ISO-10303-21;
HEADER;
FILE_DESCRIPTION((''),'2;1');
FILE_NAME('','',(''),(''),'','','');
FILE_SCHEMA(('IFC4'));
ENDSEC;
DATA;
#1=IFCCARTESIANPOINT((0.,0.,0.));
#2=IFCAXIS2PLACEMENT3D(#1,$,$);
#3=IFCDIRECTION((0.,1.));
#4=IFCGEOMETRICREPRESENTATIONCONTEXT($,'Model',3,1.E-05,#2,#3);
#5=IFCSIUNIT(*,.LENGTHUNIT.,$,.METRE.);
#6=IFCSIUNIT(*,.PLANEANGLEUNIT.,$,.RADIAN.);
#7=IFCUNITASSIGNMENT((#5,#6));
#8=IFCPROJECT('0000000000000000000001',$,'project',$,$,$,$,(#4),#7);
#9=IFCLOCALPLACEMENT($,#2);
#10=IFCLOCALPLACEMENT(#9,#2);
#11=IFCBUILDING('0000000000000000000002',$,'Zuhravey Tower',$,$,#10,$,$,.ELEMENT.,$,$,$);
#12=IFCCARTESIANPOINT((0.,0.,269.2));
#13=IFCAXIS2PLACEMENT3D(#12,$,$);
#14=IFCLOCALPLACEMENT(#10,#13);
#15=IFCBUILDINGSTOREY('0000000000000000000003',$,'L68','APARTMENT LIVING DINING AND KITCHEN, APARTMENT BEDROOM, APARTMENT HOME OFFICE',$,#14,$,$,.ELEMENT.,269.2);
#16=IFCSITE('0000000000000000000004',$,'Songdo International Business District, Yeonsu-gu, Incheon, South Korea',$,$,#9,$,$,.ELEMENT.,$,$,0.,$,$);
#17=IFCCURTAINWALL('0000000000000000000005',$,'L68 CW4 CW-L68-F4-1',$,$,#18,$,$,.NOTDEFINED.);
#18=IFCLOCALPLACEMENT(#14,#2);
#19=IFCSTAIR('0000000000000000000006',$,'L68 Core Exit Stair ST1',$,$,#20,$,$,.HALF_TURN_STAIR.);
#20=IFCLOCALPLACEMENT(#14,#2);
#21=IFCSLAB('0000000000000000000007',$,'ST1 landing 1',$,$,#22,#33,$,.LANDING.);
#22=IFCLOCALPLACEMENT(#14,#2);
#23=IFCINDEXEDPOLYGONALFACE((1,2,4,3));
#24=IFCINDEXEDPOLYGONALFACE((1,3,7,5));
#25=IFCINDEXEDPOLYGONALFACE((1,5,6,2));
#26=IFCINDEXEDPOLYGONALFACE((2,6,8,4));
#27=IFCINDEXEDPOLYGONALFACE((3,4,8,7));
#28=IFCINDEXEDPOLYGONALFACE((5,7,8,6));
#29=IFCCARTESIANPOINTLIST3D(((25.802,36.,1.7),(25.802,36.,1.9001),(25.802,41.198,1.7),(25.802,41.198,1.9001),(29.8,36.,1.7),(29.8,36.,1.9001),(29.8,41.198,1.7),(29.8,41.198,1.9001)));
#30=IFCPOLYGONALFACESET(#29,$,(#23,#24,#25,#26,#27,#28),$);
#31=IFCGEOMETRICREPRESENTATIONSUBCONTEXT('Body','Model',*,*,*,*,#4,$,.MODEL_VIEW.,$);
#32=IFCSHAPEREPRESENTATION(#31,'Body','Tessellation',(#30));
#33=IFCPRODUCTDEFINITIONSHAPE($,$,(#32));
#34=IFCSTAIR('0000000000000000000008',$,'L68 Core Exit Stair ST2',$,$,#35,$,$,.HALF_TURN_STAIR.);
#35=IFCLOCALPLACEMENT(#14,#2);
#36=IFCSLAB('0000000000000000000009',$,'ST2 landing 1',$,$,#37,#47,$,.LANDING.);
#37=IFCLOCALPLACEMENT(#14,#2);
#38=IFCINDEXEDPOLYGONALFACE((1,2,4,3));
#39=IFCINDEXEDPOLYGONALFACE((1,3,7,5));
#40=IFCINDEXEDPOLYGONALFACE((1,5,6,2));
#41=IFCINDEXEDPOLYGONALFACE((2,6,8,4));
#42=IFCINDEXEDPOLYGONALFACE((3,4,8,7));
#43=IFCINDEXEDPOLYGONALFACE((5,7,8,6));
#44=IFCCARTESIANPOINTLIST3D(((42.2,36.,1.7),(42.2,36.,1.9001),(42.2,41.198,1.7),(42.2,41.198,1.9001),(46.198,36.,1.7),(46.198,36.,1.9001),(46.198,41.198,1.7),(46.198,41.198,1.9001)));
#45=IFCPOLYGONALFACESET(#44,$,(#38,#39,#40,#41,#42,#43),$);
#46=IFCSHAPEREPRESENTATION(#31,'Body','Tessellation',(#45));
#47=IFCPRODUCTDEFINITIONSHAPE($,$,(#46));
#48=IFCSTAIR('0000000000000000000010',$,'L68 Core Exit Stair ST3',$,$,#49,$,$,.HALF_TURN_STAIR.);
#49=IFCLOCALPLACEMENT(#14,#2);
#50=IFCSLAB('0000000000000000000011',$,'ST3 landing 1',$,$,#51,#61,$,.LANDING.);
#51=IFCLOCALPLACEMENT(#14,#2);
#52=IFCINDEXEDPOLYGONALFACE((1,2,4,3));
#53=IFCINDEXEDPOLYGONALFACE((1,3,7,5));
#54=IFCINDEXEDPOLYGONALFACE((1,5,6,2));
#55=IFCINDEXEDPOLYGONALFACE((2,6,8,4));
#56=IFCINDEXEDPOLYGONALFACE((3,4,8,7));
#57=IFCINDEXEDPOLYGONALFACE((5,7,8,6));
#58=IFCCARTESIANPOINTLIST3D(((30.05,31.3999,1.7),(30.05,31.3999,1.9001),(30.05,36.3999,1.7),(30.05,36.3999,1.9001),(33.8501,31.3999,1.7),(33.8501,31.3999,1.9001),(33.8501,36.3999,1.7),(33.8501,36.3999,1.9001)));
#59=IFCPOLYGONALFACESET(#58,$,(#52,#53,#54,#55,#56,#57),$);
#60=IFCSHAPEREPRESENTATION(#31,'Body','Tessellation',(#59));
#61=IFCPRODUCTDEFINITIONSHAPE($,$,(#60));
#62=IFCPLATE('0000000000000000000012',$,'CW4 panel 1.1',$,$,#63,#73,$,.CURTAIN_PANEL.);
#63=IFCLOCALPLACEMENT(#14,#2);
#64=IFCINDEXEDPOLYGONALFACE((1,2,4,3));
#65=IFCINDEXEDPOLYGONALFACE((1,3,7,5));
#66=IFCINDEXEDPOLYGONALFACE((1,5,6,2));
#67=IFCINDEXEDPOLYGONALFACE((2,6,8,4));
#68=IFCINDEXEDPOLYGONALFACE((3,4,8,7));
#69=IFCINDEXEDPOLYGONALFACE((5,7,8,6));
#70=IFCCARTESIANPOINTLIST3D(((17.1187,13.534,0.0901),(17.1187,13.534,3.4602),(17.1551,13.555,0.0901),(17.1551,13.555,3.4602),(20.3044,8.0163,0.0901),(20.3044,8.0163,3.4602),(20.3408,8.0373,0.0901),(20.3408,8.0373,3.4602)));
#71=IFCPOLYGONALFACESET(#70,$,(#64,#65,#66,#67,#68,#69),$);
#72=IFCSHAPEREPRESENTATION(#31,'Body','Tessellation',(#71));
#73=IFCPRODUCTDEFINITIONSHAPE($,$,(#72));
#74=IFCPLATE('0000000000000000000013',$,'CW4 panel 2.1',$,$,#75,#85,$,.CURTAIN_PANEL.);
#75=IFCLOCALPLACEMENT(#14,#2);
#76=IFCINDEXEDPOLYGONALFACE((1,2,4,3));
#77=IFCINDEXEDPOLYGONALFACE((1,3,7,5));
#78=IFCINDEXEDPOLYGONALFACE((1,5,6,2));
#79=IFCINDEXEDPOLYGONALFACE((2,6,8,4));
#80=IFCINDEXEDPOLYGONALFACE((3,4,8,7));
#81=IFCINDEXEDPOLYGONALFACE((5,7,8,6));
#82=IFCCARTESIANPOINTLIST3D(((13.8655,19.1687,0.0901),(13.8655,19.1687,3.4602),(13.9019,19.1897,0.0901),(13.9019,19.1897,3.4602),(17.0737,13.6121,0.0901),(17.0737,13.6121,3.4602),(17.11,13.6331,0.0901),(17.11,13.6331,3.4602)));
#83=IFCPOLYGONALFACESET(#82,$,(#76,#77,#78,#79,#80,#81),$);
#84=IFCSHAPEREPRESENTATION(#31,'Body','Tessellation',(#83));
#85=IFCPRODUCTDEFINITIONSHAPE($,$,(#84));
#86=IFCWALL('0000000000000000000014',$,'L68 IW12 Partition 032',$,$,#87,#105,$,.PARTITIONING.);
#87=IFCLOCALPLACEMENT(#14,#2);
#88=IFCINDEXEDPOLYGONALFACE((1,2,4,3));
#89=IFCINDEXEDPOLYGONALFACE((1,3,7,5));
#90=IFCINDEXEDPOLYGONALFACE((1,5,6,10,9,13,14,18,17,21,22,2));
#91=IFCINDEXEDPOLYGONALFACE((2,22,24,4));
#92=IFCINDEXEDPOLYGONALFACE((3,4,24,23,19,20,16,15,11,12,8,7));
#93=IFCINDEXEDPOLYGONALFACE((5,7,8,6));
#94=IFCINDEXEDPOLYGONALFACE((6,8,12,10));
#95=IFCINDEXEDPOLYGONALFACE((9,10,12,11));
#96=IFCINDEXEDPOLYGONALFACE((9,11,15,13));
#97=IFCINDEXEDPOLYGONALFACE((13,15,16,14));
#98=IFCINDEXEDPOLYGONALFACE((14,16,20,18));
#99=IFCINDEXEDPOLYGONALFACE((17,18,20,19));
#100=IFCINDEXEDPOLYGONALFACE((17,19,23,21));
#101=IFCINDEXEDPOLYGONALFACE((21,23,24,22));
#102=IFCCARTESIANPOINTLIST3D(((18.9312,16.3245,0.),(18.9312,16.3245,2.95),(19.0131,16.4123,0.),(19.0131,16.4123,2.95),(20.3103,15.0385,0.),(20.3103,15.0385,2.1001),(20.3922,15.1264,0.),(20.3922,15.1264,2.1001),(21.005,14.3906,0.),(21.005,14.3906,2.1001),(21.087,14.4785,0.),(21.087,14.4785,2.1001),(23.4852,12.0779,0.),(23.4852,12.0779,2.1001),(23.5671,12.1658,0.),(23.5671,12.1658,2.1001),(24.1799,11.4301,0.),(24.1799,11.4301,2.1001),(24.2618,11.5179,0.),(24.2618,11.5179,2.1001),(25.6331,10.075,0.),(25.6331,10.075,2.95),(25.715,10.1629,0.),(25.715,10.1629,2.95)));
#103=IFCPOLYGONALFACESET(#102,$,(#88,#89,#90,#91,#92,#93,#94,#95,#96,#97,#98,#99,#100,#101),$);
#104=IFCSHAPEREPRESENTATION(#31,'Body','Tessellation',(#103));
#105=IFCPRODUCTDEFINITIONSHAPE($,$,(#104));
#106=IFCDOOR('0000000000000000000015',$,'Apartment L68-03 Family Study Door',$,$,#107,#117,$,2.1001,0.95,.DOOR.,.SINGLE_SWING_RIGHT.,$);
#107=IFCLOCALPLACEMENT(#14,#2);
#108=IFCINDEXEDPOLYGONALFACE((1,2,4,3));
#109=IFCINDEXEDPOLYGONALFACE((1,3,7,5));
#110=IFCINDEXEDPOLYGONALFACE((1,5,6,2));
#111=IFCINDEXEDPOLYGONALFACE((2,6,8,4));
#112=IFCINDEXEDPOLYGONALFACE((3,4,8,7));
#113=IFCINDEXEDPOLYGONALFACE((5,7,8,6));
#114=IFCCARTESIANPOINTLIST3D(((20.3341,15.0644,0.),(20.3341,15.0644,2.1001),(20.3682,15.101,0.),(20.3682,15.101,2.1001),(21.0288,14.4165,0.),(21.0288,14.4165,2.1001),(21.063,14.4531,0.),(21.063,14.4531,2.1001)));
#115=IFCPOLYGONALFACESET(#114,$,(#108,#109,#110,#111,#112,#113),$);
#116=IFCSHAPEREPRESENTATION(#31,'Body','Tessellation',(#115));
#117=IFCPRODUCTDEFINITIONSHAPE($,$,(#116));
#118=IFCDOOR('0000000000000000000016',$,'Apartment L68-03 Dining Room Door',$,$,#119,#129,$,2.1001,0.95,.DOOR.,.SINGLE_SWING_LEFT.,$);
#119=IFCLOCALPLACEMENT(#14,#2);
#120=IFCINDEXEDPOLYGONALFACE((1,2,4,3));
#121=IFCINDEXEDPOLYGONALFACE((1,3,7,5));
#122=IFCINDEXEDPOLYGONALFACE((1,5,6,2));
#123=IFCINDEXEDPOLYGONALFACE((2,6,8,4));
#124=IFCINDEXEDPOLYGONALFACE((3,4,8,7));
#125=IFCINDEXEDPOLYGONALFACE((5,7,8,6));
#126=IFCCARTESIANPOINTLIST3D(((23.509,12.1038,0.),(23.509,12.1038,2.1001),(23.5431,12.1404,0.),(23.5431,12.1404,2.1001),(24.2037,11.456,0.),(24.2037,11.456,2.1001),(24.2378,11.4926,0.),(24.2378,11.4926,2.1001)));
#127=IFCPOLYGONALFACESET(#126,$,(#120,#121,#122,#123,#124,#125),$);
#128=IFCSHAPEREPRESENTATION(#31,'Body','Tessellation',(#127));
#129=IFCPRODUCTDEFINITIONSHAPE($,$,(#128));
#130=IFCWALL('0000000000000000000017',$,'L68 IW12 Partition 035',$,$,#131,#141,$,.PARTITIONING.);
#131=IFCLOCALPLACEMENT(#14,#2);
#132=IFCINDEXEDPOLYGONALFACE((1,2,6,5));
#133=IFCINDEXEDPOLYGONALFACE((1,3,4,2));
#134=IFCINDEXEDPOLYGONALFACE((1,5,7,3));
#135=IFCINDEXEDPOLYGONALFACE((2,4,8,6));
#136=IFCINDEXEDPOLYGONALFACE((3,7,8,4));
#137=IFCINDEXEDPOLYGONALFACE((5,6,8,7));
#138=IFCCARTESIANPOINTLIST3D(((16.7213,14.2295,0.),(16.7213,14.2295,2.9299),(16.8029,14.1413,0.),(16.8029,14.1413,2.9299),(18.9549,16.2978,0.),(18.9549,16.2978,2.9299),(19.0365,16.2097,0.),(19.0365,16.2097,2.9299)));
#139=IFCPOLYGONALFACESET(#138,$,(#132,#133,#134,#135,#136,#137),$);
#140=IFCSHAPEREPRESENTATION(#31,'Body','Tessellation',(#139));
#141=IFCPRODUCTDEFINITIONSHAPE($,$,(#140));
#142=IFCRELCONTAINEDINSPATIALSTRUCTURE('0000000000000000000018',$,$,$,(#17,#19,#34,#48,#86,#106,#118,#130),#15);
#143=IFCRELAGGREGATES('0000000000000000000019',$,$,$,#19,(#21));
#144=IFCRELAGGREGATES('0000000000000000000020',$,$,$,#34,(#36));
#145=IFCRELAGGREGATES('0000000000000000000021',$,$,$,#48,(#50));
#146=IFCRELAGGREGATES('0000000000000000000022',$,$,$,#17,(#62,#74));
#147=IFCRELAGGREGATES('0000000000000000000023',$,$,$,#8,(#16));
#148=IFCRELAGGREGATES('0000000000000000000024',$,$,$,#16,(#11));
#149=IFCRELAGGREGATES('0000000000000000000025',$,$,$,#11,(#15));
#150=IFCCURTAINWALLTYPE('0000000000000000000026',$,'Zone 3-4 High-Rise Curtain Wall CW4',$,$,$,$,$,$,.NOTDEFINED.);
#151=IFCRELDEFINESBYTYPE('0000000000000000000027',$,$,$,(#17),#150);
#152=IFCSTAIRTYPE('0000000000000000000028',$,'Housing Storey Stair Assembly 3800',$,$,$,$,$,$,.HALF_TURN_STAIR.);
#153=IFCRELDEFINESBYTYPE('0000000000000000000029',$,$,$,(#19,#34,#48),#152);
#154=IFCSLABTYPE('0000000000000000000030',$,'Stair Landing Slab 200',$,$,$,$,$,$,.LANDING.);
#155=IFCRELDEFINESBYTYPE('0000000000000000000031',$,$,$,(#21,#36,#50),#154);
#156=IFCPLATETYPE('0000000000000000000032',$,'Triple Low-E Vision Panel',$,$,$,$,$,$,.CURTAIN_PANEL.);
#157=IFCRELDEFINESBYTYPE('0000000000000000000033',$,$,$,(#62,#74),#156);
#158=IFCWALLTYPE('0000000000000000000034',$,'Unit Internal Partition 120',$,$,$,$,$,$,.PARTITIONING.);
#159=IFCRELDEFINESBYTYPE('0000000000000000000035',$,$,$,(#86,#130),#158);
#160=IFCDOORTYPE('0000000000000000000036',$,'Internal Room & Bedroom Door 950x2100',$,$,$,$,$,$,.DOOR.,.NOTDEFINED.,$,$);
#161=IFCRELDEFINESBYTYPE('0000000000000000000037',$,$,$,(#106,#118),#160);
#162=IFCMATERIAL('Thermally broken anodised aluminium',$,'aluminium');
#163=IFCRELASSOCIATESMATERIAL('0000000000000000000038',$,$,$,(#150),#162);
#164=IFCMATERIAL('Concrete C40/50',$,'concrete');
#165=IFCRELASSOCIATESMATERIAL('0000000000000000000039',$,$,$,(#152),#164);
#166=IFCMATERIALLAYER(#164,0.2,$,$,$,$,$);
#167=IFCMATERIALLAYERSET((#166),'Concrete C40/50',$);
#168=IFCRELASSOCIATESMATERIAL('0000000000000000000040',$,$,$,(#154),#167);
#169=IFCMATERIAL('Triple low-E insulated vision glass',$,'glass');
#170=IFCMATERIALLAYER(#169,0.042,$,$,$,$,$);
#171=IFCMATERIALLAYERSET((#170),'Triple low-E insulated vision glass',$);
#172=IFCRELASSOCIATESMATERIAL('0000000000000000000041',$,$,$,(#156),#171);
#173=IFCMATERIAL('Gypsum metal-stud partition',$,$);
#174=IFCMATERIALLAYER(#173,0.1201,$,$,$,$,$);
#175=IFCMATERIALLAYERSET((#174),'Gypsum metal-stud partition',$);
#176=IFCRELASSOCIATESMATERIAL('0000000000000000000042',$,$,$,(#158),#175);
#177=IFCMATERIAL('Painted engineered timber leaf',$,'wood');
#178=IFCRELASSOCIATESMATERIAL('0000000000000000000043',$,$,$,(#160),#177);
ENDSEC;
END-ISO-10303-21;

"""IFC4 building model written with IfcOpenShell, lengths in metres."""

from ifc_helpers import new_model, si_unit, direction, frame, frame_2d, origin, origin_2d, place, context, subcontext, project, spatial, polyline, rectangle, outline, extrude, material, layer, layer_set, type_object, element, fill, aggregate, save


model = new_model("IFC4")

# Units and contexts
model_context = context("Model", 3, precision=1e-05, world=origin(), true_north=direction((0.0, 1.0)))
body_context = subcontext(model_context, "Body", "Model", "MODEL_VIEW")
ifc_project = project(units=[si_unit("LENGTHUNIT", "METRE"), si_unit("PLANEANGLEUNIT", "RADIAN")], contexts=[model_context])

# Site, building, storey
site_placement = place(None, origin())
site = spatial("IfcSite", under=ifc_project, at=site_placement, Name="Songdo International Business District, Yeonsu-gu, Incheon, South Korea", CompositionType="ELEMENT", RefElevation=0.0)
building_placement = place(site_placement, origin())
building = spatial("IfcBuilding", under=site, at=building_placement, Name="Zuhravey Tower", CompositionType="ELEMENT")
storey_placement = place(building_placement, frame((0.0, 0.0, 269.2)))
storey = spatial("IfcBuildingStorey", under=building, at=storey_placement, Name="L68", Description="APARTMENT LIVING DINING AND KITCHEN, APARTMENT BEDROOM, APARTMENT HOME OFFICE", CompositionType="ELEMENT", Elevation=269.2)

# Curtain wall
ifc_material_1 = material(Name="Thermally broken anodised aluminium", Category="aluminium")
curtain_wall_type = type_object("IfcCurtainWallType", Name="Zone 3-4 High-Rise Curtain Wall CW4", PredefinedType="NOTDEFINED", material=ifc_material_1)
curtain_wall_placement = place(storey_placement, origin())
curtain_wall = element("IfcCurtainWall", 1, at=curtain_wall_placement, inside=storey, type_object=curtain_wall_type, Name="L68 CW4 CW-L68-F4-1", PredefinedType="NOTDEFINED")

# Shared definitions
ifc_material_2 = material(Name="Concrete C40/50", Category="concrete")

# Stairs, slabs
stair_type = type_object("IfcStairType", Name="Housing Storey Stair Assembly 3800", PredefinedType="HALF_TURN_STAIR", material=ifc_material_2)
stair_1_placement = place(storey_placement, origin())
stair_1 = element("IfcStair", 2, at=stair_1_placement, inside=storey, type_object=stair_type, Name="L68 Core Exit Stair ST1", PredefinedType="HALF_TURN_STAIR")
ifc_layer_1 = layer(ifc_material_2, 0.2)
ifc_layer_set_1 = layer_set([ifc_layer_1], Name="Concrete C40/50")
slab_type_1 = type_object("IfcSlabType", Name="Stair Landing Slab 200", PredefinedType="LANDING", material=ifc_layer_set_1)
slab_1_placement = place(storey_placement, frame((0.0, 0.0, 1.7)))
slab_1 = element("IfcSlab", 3, at=slab_1_placement, type_object=slab_type_1, Name="ST1 landing 1", PredefinedType="LANDING", context=body_context, shape_type="SweptSolid", body=[
    extrude(outline(polyline([(29.8, 36.0), (29.8, 41.198), (25.802, 41.198), (25.802, 36.0), (29.8, 36.0)])), origin(), (0.0, 0.0, 1.0), 0.2002),
])
aggregate(stair_1, [slab_1])
stair_2_placement = place(storey_placement, origin())
stair_2 = element("IfcStair", 4, at=stair_2_placement, inside=storey, type_object=stair_type, Name="L68 Core Exit Stair ST2", PredefinedType="HALF_TURN_STAIR")
slab_2_placement = place(storey_placement, frame((0.0, 0.0, 1.7)))
slab_2 = element("IfcSlab", 5, at=slab_2_placement, type_object=slab_type_1, Name="ST2 landing 1", PredefinedType="LANDING", context=body_context, shape_type="SweptSolid", body=[
    extrude(outline(polyline([(46.198, 36.0), (46.198, 41.198), (42.2, 41.198), (42.2, 36.0), (46.198, 36.0)])), origin(), (0.0, 0.0, 1.0), 0.2002),
])
aggregate(stair_2, [slab_2])
stair_3_placement = place(storey_placement, origin())
stair_3 = element("IfcStair", 6, at=stair_3_placement, inside=storey, type_object=stair_type, Name="L68 Core Exit Stair ST3", PredefinedType="HALF_TURN_STAIR")
slab_3_placement = place(storey_placement, frame((0.0, 0.0, 1.7)))
slab_3 = element("IfcSlab", 7, at=slab_3_placement, type_object=slab_type_1, Name="ST3 landing 1", PredefinedType="LANDING", context=body_context, shape_type="SweptSolid", body=[
    extrude(outline(polyline([(30.05, 36.3999), (30.05, 31.3999), (33.8501, 31.3999), (33.8501, 36.3999), (30.05, 36.3999)])), origin(), (0.0, 0.0, 1.0), 0.2002),
])
aggregate(stair_3, [slab_3])

# Plates
ifc_material_3 = material(Name="Triple low-E insulated vision glass", Category="glass")
ifc_layer_2 = layer(ifc_material_3, 0.042)
ifc_layer_set_2 = layer_set([ifc_layer_2], Name="Triple low-E insulated vision glass")
plate_type_1 = type_object("IfcPlateType", Name="Triple Low-E Vision Panel", PredefinedType="CURTAIN_PANEL", material=ifc_layer_set_2)
plate_1_placement = place(storey_placement, frame((18.7297, 10.7856, 0.0901), z_axis=(0.0, 0.0, 1.0), x_axis=(-0.500001, 0.866025, 0.0)))
plate_1 = element("IfcPlate", 8, at=plate_1_placement, type_object=plate_type_1, Name="CW4 panel 1.1", PredefinedType="CURTAIN_PANEL", context=body_context, shape_type="SweptSolid", body=[
    extrude(rectangle(XDim=6.3713, YDim=0.042, at=origin_2d()), origin(), (0.0, 0.0, 1.0), 3.3701),
])
plate_2_placement = place(storey_placement, frame((15.4878, 16.4009, 0.0901), z_axis=(0.0, 0.0, 1.0), x_axis=(-0.500001, 0.866025, 0.0)))
plate_2 = element("IfcPlate", 9, at=plate_2_placement, type_object=plate_type_1, Name="CW4 panel 2.1", PredefinedType="CURTAIN_PANEL", context=body_context, shape_type="SweptSolid", body=[
    extrude(rectangle(XDim=6.4163, YDim=0.042, at=origin_2d()), origin(), (0.0, 0.0, 1.0), 3.3701),
])
aggregate(curtain_wall, [plate_1, plate_2])

# Wall, openings, doors
ifc_material_4 = material(Name="Gypsum metal-stud partition")
ifc_layer_3 = layer(ifc_material_4, 0.1201)
ifc_layer_set_3 = layer_set([ifc_layer_3], Name="Gypsum metal-stud partition")
wall_type = type_object("IfcWallType", Name="Unit Internal Partition 120", PredefinedType="PARTITIONING", material=ifc_layer_set_3)
wall_1_placement = place(storey_placement, frame((18.9722, 16.3684, 0.0), z_axis=(0.0, 0.0, 1.0), x_axis=(0.73136, -0.681992, 0.0)))
wall_1 = element("IfcWall", 10, at=wall_1_placement, inside=storey, type_object=wall_type, Name="L68 IW12 Partition 032", PredefinedType="PARTITIONING", context=body_context, shape_type="SweptSolid", body=[
    extrude(rectangle(XDim=9.1636, YDim=0.1201, at=frame_2d((4.5818, 0.0))), origin(), (0.0, 0.0, 1.0), 2.95),
])
opening_1_placement = place(wall_1_placement, frame((1.8855, 0.0, 0.0)))
opening_1 = element("IfcOpeningElement", 11, at=opening_1_placement, cuts=wall_1, PredefinedType="OPENING", context=body_context, shape_type="SweptSolid", body=[
    extrude(rectangle(XDim=0.95, YDim=2.1001, at=frame_2d((0.4751, 1.05))), frame((0.0, 0.072, 0.0), z_axis=(0.0, -1.0, 0.0), x_axis=(1.0, 0.0, 0.0)), (0.0, 0.0, 1.0), 0.144),
])
opening_2_placement = place(wall_1_placement, frame((6.2266, 0.0, 0.0)))
opening_2 = element("IfcOpeningElement", 12, at=opening_2_placement, cuts=wall_1, PredefinedType="OPENING", context=body_context, shape_type="SweptSolid", body=[
    extrude(rectangle(XDim=0.95, YDim=2.1001, at=frame_2d((0.4751, 1.05))), frame((0.0, 0.072, 0.0), z_axis=(0.0, -1.0, 0.0), x_axis=(1.0, 0.0, 0.0)), (0.0, 0.0, 1.0), 0.144),
])
ifc_material_5 = material(Name="Painted engineered timber leaf", Category="wood")
door_type = type_object("IfcDoorType", Name="Internal Room & Bedroom Door 950x2100", OperationType="NOTDEFINED", PredefinedType="DOOR", material=ifc_material_5)
door_1_placement = place(opening_1_placement, frame((0.95, 0.0, 0.0), z_axis=(0.0, 0.0, 1.0), x_axis=(-1.0, 0.0, 0.0)))
door_1 = element("IfcDoor", 13, at=door_1_placement, inside=storey, type_object=door_type, Name="Apartment L68-03 Family Study Door", OperationType="SINGLE_SWING_RIGHT", OverallHeight=2.1001, OverallWidth=0.95, PredefinedType="DOOR", context=body_context, shape_type="SweptSolid", body=[
    extrude(rectangle(XDim=0.95, YDim=2.1001, at=frame_2d((0.4751, 1.05))), frame((0.0, 0.0249, 0.0), z_axis=(0.0, -1.0, 0.0), x_axis=(1.0, 0.0, 0.0)), (0.0, 0.0, 1.0), 0.05),
])
fill(opening_1, door_1)
door_2_placement = place(opening_2_placement, frame((0.95, 0.0, 0.0), z_axis=(0.0, 0.0, 1.0), x_axis=(-1.0, 0.0, 0.0)))
door_2 = element("IfcDoor", 14, at=door_2_placement, inside=storey, type_object=door_type, Name="Apartment L68-03 Dining Room Door", OperationType="SINGLE_SWING_LEFT", OverallHeight=2.1001, OverallWidth=0.95, PredefinedType="DOOR", context=body_context, shape_type="SweptSolid", body=[
    extrude(rectangle(XDim=0.95, YDim=2.1001, at=frame_2d((0.4751, 1.05))), frame((0.0, 0.0249, 0.0), z_axis=(0.0, -1.0, 0.0), x_axis=(1.0, 0.0, 0.0)), (0.0, 0.0, 1.0), 0.05),
])
fill(opening_2, door_2)

# Wall
wall_2_placement = place(storey_placement, frame((18.9956, 16.2537, 0.0), z_axis=(0.0, 0.0, 1.0), x_axis=(-0.733733, -0.679438, 0.0)))
element("IfcWall", 15, at=wall_2_placement, inside=storey, type_object=wall_type, Name="L68 IW12 Partition 035", PredefinedType="PARTITIONING", context=body_context, shape_type="SweptSolid", body=[
    extrude(rectangle(XDim=3.0442, YDim=0.1201, at=frame_2d((1.522, 0.0))), origin(), (0.0, 0.0, 1.0), 2.9299),
])

save(model, "model.ifc")
